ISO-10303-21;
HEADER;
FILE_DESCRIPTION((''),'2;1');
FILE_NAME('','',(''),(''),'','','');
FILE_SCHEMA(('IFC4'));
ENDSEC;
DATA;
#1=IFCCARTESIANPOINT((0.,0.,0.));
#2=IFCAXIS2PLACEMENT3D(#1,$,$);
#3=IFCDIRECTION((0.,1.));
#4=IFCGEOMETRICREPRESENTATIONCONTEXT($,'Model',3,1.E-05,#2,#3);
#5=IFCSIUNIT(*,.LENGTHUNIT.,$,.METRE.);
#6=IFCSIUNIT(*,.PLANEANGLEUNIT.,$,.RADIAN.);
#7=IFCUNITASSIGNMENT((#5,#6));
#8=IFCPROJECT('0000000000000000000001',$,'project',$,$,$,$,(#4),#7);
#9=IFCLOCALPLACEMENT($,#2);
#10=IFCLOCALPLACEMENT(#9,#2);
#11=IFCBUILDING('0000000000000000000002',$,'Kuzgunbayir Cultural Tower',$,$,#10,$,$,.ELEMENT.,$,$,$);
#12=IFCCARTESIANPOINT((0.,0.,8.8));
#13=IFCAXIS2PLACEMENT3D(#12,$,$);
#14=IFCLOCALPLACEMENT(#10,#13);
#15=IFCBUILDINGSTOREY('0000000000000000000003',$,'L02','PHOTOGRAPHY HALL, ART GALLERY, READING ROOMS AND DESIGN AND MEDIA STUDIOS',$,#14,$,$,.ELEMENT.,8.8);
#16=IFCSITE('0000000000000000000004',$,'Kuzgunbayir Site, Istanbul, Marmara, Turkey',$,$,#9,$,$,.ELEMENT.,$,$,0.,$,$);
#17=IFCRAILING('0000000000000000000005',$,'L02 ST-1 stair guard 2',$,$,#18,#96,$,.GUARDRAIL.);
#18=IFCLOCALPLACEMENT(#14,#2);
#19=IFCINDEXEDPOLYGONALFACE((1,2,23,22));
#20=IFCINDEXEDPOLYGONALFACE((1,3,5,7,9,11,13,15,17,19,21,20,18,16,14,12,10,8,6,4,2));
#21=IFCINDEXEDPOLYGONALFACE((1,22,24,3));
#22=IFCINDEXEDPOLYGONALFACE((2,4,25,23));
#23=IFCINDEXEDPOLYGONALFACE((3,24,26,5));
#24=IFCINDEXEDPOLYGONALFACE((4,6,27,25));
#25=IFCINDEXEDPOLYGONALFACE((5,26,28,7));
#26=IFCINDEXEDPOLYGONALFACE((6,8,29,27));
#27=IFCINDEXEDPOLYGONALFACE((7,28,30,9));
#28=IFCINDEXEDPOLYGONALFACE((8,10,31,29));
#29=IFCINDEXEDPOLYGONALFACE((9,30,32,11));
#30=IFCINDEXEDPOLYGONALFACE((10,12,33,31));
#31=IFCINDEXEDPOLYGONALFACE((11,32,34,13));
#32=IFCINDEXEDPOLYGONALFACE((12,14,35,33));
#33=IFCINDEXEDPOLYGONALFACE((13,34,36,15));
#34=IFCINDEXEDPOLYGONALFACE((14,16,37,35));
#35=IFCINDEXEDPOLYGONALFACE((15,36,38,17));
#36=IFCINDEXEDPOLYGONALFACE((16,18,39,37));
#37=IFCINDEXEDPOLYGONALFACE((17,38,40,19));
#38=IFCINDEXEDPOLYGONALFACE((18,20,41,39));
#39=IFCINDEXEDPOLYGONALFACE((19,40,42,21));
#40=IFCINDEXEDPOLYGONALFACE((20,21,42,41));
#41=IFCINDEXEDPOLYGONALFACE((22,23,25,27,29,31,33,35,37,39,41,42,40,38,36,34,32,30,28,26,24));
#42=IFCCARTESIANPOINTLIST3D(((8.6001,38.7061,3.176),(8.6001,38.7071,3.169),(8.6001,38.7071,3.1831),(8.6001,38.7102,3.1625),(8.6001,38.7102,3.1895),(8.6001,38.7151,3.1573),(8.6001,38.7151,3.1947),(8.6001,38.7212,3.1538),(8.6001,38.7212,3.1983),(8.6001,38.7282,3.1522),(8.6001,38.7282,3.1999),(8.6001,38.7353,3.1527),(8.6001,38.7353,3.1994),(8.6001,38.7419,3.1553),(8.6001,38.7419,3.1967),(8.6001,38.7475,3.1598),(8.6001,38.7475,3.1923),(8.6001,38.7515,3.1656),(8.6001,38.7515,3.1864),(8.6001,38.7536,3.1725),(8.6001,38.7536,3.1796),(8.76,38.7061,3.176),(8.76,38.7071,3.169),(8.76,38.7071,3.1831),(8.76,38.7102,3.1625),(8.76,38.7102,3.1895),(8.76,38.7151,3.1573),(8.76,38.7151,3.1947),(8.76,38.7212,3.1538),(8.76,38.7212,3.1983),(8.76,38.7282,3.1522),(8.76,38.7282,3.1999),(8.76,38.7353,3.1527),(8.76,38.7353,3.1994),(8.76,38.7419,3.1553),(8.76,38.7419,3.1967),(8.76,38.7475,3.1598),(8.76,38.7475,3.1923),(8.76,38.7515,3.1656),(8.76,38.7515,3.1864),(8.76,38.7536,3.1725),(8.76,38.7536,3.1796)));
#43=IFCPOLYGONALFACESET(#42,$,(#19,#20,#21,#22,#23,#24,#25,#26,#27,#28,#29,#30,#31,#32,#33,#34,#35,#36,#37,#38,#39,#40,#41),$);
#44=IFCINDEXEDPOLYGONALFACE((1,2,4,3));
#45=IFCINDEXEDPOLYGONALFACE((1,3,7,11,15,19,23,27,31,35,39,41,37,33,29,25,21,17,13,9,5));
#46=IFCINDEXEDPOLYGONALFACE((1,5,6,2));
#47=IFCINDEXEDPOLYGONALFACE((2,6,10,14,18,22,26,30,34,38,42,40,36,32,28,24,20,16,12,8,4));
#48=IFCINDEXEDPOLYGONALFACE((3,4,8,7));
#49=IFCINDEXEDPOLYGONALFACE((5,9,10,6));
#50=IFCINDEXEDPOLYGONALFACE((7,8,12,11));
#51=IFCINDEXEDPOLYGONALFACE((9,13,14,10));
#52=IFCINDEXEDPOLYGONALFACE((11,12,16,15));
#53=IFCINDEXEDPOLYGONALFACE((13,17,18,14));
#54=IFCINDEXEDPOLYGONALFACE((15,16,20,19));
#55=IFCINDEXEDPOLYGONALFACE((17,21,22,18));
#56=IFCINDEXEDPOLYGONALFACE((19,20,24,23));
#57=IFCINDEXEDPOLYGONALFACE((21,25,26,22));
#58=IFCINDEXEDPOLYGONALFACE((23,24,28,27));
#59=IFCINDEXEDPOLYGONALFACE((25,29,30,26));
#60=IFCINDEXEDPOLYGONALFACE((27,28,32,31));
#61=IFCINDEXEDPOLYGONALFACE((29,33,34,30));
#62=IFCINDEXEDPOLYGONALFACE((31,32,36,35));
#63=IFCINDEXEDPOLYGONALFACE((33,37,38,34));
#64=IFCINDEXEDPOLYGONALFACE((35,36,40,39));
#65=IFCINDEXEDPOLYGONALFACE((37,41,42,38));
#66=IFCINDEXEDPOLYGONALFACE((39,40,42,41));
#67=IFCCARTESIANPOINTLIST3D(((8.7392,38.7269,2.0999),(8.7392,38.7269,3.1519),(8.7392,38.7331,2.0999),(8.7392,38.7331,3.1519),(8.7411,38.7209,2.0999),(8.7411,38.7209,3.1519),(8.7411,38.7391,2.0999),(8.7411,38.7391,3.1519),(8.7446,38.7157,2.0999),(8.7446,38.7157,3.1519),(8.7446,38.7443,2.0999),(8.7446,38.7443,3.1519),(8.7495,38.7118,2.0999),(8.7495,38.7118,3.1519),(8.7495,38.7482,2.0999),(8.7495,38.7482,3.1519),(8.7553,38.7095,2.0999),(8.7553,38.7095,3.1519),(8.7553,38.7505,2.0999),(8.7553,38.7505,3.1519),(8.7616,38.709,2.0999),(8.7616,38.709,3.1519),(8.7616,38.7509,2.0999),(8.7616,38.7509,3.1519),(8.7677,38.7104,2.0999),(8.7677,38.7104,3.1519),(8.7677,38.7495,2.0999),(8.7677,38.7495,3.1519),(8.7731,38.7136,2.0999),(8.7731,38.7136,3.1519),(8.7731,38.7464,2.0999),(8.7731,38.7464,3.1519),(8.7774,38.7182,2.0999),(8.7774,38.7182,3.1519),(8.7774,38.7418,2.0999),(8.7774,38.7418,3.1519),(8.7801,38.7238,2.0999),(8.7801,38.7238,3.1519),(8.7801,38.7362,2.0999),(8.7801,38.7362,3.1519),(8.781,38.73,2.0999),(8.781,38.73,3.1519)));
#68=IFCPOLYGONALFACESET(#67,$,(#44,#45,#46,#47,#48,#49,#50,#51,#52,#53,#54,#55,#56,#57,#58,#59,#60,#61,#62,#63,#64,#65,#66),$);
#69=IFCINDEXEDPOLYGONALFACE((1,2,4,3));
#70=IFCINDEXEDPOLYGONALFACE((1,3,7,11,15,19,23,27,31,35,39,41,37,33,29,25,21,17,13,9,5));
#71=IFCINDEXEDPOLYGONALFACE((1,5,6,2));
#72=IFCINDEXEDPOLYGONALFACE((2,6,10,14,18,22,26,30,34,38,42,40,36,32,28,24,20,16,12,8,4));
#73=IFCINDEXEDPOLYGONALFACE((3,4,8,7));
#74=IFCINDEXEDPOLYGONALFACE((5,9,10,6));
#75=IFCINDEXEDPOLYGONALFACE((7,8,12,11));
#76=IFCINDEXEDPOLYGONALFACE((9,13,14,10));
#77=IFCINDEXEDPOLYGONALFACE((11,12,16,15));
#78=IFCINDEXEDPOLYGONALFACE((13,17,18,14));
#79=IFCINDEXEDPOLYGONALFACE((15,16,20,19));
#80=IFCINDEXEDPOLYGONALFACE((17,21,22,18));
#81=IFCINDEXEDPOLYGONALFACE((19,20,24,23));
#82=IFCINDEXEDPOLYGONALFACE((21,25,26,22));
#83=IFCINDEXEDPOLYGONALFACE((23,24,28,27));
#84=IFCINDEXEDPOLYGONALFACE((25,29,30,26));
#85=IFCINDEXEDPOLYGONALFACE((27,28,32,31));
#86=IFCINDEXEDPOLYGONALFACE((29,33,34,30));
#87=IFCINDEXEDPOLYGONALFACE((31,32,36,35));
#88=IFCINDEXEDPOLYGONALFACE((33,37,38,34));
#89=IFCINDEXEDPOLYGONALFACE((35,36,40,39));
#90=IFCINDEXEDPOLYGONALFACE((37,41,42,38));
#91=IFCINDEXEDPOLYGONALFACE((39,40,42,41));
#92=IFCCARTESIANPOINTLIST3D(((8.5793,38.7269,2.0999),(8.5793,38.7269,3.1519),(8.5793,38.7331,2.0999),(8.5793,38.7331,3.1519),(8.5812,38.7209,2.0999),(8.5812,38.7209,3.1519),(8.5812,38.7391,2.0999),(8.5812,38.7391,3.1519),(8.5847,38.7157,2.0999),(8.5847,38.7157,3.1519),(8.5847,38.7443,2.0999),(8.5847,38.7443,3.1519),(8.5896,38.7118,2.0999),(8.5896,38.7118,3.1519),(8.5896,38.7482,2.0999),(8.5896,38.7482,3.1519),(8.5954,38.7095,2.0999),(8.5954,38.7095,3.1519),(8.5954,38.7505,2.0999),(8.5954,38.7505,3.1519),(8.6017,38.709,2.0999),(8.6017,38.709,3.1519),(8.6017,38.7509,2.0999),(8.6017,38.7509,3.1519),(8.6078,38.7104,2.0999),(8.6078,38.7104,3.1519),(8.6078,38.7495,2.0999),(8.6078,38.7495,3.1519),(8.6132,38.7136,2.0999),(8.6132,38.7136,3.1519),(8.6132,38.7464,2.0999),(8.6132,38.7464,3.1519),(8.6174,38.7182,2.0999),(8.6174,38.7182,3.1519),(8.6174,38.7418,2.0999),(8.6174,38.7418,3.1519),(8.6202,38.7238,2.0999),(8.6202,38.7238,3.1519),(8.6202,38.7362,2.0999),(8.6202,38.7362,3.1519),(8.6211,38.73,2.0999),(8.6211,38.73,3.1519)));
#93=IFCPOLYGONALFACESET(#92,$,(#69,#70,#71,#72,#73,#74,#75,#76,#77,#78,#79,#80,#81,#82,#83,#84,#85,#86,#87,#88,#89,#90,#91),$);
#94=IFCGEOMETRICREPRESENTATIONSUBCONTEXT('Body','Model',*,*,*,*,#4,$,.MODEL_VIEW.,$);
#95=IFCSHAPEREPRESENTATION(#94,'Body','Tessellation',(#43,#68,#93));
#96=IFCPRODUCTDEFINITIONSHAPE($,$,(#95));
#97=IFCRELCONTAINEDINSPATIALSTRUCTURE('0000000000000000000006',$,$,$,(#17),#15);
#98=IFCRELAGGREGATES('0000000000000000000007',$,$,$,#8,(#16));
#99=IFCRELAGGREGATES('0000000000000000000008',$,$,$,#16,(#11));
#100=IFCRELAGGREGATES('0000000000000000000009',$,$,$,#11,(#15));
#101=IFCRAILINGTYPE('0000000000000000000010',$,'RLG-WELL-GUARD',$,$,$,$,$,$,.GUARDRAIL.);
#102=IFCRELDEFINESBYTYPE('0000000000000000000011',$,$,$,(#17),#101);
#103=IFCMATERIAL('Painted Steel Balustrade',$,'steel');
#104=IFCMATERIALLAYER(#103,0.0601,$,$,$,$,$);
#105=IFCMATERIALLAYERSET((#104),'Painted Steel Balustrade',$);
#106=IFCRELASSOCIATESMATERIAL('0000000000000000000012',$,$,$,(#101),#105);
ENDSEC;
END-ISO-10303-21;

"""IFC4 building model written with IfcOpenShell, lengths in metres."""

from ifc_helpers import new_model, si_unit, direction, frame, origin, origin_2d, place, context, subcontext, project, spatial, circle, extrude, material, layer, layer_set, type_object, element, save


model = new_model("IFC4")

# Units and contexts
model_context = context("Model", 3, precision=1e-05, world=origin(), true_north=direction((0.0, 1.0)))
body_context = subcontext(model_context, "Body", "Model", "MODEL_VIEW")
ifc_project = project(units=[si_unit("LENGTHUNIT", "METRE"), si_unit("PLANEANGLEUNIT", "RADIAN")], contexts=[model_context])

# Site, building, storey
site_placement = place(None, origin())
site = spatial("IfcSite", under=ifc_project, at=site_placement, Name="Kuzgunbayir Site, Istanbul, Marmara, Turkey", CompositionType="ELEMENT", RefElevation=0.0)
building_placement = place(site_placement, origin())
building = spatial("IfcBuilding", under=site, at=building_placement, Name="Kuzgunbayir Cultural Tower", CompositionType="ELEMENT")
storey_placement = place(building_placement, frame((0.0, 0.0, 8.8)))
storey = spatial("IfcBuildingStorey", under=building, at=storey_placement, Name="L02", Description="PHOTOGRAPHY HALL, ART GALLERY, READING ROOMS AND DESIGN AND MEDIA STUDIOS", CompositionType="ELEMENT", Elevation=8.8)

# Railing
ifc_material_1 = material(Name="Painted Steel Balustrade", Category="steel")
ifc_layer_1 = layer(ifc_material_1, 0.0601)
ifc_layer_set_1 = layer_set([ifc_layer_1], Name="Painted Steel Balustrade")
railing_type_1 = type_object("IfcRailingType", Name="RLG-WELL-GUARD", PredefinedType="GUARDRAIL", material=ifc_layer_set_1)
railing_1_placement = place(storey_placement, frame((8.76, 38.73, 2.0999)))
element("IfcRailing", 1, at=railing_1_placement, inside=storey, type_object=railing_type_1, Name="L02 ST-1 stair guard 2", PredefinedType="GUARDRAIL", context=body_context, shape_type="SweptSolid", body=[
    extrude(circle(Radius=0.0239, at=origin_2d()), frame((0.0, 0.0, 1.0762), z_axis=(-1.0, 0.0, 0.0), x_axis=(0.0, -1.0, 0.0)), (0.0, 0.0, 1.0), 0.1599),
    extrude(circle(Radius=0.021, at=origin_2d()), origin(), (0.0, 0.0, 1.0), 1.052),
    extrude(circle(Radius=0.021, at=origin_2d()), frame((-0.1599, 0.0, 0.0)), (0.0, 0.0, 1.0), 1.052),
])

save(model, "model.ifc")
